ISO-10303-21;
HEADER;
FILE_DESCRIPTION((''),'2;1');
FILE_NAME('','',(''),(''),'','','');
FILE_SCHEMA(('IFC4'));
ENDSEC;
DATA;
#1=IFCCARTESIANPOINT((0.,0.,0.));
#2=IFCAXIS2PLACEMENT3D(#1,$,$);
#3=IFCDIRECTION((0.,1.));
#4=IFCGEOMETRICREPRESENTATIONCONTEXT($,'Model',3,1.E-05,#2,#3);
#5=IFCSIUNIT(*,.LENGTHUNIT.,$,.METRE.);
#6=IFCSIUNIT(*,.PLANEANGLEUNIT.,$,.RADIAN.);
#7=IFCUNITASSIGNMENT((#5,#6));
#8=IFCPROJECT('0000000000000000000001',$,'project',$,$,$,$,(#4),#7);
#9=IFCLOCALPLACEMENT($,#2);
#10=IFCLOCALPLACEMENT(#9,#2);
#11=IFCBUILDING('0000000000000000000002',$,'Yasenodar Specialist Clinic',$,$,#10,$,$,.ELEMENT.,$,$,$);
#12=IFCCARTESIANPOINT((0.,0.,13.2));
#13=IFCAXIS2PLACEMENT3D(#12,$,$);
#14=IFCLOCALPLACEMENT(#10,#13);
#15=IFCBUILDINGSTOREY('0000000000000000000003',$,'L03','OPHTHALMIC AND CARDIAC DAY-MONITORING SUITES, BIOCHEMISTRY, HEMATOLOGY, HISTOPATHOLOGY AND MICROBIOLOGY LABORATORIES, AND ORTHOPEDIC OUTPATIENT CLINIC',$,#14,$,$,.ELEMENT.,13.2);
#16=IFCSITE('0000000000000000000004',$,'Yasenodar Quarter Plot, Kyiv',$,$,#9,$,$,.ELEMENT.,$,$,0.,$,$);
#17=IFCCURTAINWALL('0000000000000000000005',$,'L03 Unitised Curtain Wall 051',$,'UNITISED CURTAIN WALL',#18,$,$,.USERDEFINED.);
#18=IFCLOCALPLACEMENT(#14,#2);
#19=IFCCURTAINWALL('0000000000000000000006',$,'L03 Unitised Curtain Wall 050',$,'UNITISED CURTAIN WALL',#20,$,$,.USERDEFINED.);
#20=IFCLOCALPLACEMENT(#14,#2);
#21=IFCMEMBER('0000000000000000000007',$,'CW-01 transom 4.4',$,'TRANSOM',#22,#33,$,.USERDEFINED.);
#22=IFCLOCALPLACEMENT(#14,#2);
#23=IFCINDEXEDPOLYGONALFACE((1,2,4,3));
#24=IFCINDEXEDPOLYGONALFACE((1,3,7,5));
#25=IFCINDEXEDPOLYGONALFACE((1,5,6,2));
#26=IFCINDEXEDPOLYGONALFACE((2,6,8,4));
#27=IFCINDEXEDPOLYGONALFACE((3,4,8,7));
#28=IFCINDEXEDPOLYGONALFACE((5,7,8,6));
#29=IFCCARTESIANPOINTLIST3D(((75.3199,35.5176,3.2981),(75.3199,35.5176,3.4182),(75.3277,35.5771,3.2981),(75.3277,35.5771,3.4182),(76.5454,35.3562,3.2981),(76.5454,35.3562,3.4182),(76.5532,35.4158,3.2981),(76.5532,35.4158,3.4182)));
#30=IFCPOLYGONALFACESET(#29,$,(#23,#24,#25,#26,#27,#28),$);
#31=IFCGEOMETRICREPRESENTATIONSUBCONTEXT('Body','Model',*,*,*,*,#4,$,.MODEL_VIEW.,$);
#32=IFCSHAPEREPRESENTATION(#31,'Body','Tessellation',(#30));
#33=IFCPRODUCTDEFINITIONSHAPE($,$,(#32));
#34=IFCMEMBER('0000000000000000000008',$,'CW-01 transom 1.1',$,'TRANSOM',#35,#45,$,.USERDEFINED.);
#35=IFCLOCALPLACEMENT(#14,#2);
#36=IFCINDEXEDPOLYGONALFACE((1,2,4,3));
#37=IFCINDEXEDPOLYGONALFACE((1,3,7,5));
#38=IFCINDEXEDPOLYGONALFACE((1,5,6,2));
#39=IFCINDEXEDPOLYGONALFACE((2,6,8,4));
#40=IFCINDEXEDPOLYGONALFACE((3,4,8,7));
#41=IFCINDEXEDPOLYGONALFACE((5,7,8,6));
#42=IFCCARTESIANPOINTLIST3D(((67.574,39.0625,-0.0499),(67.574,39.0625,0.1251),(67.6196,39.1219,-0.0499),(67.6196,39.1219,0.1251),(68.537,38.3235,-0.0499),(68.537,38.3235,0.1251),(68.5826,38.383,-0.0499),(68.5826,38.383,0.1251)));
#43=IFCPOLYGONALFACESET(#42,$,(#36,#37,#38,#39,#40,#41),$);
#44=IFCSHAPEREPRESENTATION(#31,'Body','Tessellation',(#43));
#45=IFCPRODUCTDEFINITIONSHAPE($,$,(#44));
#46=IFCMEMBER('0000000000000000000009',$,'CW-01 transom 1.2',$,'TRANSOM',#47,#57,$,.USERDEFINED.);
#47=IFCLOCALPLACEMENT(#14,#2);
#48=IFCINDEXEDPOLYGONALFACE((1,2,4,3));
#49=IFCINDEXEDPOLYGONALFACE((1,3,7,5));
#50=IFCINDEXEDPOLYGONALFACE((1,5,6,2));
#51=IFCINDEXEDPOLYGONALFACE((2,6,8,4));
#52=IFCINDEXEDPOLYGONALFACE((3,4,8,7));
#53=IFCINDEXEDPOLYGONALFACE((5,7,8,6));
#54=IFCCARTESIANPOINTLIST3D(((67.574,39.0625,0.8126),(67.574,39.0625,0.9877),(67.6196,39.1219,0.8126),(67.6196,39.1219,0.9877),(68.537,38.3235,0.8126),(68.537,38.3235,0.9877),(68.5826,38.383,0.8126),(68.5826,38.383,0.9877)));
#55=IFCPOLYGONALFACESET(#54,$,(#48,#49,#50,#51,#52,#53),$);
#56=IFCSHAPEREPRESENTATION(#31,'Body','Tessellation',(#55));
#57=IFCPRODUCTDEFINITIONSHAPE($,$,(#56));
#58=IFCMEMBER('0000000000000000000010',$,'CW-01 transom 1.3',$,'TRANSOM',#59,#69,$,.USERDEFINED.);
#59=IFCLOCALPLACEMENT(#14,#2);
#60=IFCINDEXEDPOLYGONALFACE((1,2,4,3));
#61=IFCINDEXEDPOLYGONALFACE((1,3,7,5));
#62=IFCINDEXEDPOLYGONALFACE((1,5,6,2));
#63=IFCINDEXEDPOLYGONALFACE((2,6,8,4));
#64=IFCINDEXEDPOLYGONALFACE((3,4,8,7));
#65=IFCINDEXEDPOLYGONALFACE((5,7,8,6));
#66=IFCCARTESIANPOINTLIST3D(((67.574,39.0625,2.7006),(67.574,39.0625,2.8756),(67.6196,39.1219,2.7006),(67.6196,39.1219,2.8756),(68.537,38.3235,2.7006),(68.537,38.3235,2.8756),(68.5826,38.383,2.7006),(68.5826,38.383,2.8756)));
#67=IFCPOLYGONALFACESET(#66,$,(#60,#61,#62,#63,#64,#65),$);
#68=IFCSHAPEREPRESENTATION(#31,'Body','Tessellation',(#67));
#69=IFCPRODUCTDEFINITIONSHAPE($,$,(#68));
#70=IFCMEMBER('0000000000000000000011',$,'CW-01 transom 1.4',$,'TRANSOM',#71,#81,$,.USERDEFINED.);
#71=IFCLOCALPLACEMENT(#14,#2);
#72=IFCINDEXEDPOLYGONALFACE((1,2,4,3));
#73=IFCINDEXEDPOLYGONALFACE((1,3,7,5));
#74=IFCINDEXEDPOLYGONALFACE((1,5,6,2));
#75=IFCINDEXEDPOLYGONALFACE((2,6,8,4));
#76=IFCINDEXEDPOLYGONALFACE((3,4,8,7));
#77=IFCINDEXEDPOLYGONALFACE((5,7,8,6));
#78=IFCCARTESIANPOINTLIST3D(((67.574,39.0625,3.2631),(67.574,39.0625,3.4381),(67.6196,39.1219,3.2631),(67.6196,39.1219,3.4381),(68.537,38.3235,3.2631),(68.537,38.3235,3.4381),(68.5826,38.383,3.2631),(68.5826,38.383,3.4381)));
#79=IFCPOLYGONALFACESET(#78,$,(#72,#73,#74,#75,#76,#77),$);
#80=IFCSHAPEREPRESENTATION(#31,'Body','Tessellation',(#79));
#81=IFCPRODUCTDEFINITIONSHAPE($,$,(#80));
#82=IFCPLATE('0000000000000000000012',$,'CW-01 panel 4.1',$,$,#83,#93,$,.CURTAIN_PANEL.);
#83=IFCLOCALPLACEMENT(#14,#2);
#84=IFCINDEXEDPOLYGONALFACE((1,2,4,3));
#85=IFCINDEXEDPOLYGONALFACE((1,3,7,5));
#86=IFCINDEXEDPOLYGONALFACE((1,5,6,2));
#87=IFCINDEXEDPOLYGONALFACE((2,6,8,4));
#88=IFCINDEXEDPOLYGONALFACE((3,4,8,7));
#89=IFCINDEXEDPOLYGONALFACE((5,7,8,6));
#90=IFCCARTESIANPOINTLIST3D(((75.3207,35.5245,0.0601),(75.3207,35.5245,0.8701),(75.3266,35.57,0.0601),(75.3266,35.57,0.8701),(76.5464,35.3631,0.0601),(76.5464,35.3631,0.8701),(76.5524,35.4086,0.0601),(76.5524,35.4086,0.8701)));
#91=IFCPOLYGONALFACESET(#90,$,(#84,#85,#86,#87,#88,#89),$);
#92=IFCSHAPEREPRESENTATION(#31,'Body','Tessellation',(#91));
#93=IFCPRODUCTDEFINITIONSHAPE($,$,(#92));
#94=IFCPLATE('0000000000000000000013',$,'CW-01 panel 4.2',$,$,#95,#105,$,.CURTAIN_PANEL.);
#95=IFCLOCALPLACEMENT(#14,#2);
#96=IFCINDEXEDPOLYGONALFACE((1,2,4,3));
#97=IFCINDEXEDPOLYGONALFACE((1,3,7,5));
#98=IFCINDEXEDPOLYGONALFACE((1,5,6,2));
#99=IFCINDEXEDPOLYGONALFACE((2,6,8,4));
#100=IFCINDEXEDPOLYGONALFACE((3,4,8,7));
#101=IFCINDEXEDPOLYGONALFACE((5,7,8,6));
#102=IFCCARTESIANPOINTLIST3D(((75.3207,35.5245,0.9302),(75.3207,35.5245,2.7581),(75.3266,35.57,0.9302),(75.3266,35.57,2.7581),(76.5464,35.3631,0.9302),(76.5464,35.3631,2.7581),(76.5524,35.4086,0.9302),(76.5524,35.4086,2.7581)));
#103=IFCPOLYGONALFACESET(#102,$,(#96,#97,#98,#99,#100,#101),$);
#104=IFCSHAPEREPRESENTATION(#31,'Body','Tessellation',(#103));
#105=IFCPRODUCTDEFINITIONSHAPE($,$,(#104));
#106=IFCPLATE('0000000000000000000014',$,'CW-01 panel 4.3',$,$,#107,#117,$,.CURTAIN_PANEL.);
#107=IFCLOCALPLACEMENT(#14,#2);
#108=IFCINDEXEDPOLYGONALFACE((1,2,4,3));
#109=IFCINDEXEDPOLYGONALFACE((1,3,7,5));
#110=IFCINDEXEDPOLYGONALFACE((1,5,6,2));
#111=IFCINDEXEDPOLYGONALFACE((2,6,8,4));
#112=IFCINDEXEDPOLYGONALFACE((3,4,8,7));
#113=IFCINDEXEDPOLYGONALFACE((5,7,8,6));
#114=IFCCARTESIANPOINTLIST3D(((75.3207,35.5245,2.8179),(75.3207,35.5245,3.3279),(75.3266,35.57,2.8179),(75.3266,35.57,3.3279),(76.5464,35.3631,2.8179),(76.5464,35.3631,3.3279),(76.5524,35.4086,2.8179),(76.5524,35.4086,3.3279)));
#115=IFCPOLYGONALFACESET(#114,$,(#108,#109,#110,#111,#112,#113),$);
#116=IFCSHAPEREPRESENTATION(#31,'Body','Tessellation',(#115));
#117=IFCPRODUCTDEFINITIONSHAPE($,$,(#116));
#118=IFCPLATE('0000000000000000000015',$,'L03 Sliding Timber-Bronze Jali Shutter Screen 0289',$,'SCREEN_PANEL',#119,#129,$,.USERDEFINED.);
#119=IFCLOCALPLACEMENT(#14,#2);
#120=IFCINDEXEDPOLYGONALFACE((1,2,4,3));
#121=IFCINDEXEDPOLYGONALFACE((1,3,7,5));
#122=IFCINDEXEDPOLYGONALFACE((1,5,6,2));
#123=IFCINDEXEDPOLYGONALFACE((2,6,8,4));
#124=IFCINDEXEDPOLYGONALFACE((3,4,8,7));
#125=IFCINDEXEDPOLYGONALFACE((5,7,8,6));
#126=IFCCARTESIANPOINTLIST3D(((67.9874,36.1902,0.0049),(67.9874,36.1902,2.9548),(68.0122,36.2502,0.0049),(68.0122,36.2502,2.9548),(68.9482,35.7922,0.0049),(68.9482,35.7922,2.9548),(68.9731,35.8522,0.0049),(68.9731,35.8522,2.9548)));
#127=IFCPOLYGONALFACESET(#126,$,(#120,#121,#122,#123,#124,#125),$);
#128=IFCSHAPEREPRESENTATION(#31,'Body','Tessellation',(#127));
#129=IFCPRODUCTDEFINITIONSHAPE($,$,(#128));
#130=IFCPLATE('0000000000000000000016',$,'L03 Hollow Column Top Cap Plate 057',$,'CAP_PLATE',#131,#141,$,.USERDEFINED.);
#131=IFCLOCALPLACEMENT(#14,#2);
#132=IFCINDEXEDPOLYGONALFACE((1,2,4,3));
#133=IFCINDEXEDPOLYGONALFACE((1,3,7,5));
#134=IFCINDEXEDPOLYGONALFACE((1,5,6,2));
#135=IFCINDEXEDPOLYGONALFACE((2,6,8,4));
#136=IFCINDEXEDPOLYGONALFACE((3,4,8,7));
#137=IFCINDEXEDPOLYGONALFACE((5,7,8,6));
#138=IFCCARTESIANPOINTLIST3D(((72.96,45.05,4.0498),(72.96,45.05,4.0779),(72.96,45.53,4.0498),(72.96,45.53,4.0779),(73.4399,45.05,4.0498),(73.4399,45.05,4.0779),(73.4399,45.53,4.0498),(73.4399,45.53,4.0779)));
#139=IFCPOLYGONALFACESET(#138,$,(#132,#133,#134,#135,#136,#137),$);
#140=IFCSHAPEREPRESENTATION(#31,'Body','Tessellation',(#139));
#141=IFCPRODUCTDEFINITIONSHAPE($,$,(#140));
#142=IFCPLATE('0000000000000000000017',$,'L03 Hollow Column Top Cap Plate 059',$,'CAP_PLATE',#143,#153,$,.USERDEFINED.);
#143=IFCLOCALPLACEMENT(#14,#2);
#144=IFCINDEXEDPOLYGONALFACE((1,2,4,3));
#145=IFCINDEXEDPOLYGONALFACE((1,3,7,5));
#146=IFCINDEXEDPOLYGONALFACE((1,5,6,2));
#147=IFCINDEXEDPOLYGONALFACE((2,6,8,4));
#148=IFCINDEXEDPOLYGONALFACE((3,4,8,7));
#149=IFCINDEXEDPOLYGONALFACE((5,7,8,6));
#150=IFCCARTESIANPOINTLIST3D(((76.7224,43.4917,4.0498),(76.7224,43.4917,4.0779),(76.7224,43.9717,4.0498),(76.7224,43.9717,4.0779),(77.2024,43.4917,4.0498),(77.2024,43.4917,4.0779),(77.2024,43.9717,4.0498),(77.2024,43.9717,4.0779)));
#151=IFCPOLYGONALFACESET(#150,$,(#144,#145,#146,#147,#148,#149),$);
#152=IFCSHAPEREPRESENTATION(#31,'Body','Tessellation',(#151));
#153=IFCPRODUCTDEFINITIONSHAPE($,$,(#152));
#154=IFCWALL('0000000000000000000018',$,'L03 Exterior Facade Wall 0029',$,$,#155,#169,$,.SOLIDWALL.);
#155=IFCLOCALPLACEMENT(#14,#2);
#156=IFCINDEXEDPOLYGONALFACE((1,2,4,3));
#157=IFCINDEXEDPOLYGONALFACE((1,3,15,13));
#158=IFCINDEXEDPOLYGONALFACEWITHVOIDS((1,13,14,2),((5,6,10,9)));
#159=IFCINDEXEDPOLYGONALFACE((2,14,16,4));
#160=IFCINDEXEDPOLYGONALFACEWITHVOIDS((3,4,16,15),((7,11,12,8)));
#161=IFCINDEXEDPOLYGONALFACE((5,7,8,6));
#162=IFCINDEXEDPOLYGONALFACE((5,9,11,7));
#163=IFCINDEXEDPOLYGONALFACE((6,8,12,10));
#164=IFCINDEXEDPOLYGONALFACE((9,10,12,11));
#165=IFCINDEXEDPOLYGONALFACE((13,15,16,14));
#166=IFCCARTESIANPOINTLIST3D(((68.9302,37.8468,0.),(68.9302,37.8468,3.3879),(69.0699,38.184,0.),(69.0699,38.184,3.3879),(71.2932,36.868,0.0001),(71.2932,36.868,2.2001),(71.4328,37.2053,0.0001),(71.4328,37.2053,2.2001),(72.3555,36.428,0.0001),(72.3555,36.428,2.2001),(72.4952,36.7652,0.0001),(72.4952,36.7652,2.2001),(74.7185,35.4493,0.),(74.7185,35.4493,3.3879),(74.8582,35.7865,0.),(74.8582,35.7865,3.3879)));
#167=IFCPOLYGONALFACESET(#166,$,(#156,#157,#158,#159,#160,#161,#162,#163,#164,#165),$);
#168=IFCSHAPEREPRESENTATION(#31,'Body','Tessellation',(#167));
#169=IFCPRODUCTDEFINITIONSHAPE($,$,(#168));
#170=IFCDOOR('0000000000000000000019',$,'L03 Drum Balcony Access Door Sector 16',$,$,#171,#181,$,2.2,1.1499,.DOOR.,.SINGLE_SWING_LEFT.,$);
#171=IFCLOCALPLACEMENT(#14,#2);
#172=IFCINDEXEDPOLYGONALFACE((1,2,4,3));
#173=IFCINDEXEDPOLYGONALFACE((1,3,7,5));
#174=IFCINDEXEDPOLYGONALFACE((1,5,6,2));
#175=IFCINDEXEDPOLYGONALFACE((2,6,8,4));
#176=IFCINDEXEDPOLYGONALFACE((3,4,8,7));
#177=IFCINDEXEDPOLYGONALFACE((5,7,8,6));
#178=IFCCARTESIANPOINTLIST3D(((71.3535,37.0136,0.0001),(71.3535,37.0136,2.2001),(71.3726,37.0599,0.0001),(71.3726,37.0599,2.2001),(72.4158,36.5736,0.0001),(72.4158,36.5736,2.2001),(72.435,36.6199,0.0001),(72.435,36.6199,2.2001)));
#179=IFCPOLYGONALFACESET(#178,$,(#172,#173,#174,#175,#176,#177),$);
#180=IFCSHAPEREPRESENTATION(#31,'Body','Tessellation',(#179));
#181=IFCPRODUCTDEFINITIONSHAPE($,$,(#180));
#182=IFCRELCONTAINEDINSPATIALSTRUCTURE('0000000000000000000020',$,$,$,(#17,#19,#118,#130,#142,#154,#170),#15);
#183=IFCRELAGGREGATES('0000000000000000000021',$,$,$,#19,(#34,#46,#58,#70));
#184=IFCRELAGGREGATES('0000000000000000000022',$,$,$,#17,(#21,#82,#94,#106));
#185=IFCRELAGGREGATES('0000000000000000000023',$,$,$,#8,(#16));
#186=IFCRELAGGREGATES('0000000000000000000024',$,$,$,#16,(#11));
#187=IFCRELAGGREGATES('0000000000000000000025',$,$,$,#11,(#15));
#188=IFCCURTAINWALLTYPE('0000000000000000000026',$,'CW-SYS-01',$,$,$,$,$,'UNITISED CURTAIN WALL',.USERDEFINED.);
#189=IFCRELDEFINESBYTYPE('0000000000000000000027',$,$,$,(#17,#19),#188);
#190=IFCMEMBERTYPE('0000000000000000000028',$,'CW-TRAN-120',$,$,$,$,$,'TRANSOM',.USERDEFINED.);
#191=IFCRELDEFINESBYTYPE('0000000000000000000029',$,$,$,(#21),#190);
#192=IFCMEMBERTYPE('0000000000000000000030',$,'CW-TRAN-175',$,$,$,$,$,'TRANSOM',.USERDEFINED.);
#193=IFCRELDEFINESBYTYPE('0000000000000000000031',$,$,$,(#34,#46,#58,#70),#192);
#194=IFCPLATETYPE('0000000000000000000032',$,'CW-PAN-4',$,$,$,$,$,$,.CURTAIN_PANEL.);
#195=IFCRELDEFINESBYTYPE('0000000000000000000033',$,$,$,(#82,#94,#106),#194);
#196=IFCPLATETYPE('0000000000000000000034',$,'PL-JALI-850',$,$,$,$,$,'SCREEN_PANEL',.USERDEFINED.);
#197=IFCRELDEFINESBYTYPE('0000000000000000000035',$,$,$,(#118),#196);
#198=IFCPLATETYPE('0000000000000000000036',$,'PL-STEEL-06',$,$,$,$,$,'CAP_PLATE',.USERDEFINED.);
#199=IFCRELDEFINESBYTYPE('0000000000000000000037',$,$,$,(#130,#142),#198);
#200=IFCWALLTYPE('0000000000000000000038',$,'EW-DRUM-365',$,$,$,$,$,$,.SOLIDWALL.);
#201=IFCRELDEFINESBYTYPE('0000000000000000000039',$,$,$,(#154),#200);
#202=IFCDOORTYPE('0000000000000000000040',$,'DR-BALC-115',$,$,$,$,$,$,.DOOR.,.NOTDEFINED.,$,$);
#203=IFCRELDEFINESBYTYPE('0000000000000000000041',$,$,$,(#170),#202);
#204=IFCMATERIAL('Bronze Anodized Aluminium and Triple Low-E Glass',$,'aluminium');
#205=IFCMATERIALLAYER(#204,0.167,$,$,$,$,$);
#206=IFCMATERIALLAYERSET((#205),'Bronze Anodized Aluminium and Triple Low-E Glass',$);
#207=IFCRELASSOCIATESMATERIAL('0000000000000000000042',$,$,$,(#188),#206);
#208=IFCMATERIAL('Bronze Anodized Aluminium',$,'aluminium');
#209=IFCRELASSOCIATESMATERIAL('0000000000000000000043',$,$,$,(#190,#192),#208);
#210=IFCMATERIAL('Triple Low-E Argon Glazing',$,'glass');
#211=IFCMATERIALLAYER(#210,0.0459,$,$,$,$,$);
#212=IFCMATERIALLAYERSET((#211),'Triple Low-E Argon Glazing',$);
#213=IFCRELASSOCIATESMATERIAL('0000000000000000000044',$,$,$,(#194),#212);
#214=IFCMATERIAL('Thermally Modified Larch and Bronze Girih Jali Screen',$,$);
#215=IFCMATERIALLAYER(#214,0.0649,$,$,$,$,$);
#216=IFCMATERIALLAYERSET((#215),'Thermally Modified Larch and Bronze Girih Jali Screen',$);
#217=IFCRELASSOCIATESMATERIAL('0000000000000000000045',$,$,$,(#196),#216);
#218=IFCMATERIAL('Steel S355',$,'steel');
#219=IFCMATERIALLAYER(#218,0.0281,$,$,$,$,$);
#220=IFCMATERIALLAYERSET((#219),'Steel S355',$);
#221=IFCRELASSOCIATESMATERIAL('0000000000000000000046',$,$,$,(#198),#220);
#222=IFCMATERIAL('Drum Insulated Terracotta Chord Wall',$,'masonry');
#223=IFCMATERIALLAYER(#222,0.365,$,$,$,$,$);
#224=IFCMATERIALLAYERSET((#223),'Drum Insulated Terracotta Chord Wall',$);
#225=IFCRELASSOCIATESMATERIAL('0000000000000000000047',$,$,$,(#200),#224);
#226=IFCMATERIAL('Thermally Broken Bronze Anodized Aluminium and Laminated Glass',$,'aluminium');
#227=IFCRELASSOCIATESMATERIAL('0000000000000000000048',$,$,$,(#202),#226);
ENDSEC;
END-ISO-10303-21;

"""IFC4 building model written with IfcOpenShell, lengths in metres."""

from ifc_helpers import new_model, si_unit, direction, frame, frame_2d, origin, origin_2d, place, context, subcontext, project, spatial, rectangle, extrude, material, layer, layer_set, material_profile, profile_set, type_object, element, fill, aggregate, save


model = new_model("IFC4")

# Units and contexts
model_context = context("Model", 3, precision=1e-05, world=origin(), true_north=direction((0.0, 1.0)))
body_context = subcontext(model_context, "Body", "Model", "MODEL_VIEW")
ifc_project = project(units=[si_unit("LENGTHUNIT", "METRE"), si_unit("PLANEANGLEUNIT", "RADIAN")], contexts=[model_context])

# Site, building, storey
site_placement = place(None, origin())
site = spatial("IfcSite", under=ifc_project, at=site_placement, Name="Yasenodar Quarter Plot, Kyiv", CompositionType="ELEMENT", RefElevation=0.0)
building_placement = place(site_placement, origin())
building = spatial("IfcBuilding", under=site, at=building_placement, Name="Yasenodar Specialist Clinic", CompositionType="ELEMENT")
storey_placement = place(building_placement, frame((0.0, 0.0, 13.2)))
storey = spatial("IfcBuildingStorey", under=building, at=storey_placement, Name="L03", Description="OPHTHALMIC AND CARDIAC DAY-MONITORING SUITES, BIOCHEMISTRY, HEMATOLOGY, HISTOPATHOLOGY AND MICROBIOLOGY LABORATORIES, AND ORTHOPEDIC OUTPATIENT CLINIC", CompositionType="ELEMENT", Elevation=13.2)

# Shared definitions
ifc_material_1 = material(Name="Steel S355", Category="steel")

# Curtain walls
ifc_material_2 = material(Name="Bronze Anodized Aluminium and Triple Low-E Glass", Category="aluminium")
ifc_layer_1 = layer(ifc_material_2, 0.167)
ifc_layer_set_1 = layer_set([ifc_layer_1], Name="Bronze Anodized Aluminium and Triple Low-E Glass")
curtain_wall_type = type_object("IfcCurtainWallType", Name="CW-SYS-01", ElementType="UNITISED CURTAIN WALL", PredefinedType="USERDEFINED", material=ifc_layer_set_1)
curtain_wall_1_placement = place(storey_placement, origin())
curtain_wall_1 = element("IfcCurtainWall", 1, at=curtain_wall_1_placement, inside=storey, type_object=curtain_wall_type, Name="L03 Unitised Curtain Wall 051", ObjectType="UNITISED CURTAIN WALL", PredefinedType="USERDEFINED")
ifc_material_3 = material(Name="Bronze Anodized Aluminium", Category="aluminium")
curtain_wall_2_placement = place(storey_placement, origin())
curtain_wall_2 = element("IfcCurtainWall", 2, at=curtain_wall_2_placement, inside=storey, type_object=curtain_wall_type, Name="L03 Unitised Curtain Wall 050", ObjectType="UNITISED CURTAIN WALL", PredefinedType="USERDEFINED")

# Members
ifc_material_profile_1 = material_profile(ifc_material_3, rectangle(XDim=0.0601, YDim=0.1201, at=origin_2d()), Name="CW-TRAN 60x120")
ifc_profile_set_1 = profile_set([ifc_material_profile_1], Name="Bronze Anodized Aluminium")
member_type_1 = type_object("IfcMemberType", Name="CW-TRAN-120", ElementType="TRANSOM", PredefinedType="USERDEFINED", material=ifc_profile_set_1)
member_1_placement = place(storey_placement, frame((76.5493, 35.386, 3.3582), z_axis=(-0.991442, 0.130546, 0.0), x_axis=(-0.130546, -0.991442, 0.0)))
member_1 = element("IfcMember", 3, at=member_1_placement, type_object=member_type_1, Name="CW-01 transom 4.4", ObjectType="TRANSOM", PredefinedType="USERDEFINED", context=body_context, shape_type="SweptSolid", body=[
    extrude(rectangle(XDim=0.0601, YDim=0.1201, at=origin_2d()), origin(), (0.0, 0.0, 1.0), 1.2361),
])
ifc_material_profile_2 = material_profile(ifc_material_3, rectangle(XDim=0.075, YDim=0.175, at=origin_2d()), Name="CW-TRAN 75x175")
ifc_profile_set_2 = profile_set([ifc_material_profile_2], Name="Bronze Anodized Aluminium")
member_type_2 = type_object("IfcMemberType", Name="CW-TRAN-175", ElementType="TRANSOM", PredefinedType="USERDEFINED", material=ifc_profile_set_2)
member_2_placement = place(storey_placement, frame((68.5598, 38.3533, 0.0376), z_axis=(-0.793364, 0.608748, 0.0), x_axis=(-0.608748, -0.793364, 0.0)))
member_2 = element("IfcMember", 4, at=member_2_placement, type_object=member_type_2, Name="CW-01 transom 1.1", ObjectType="TRANSOM", PredefinedType="USERDEFINED", context=body_context, shape_type="SweptSolid", body=[
    extrude(rectangle(XDim=0.075, YDim=0.175, at=origin_2d()), origin(), (0.0, 0.0, 1.0), 1.2139),
])
member_3_placement = place(storey_placement, frame((68.5598, 38.3533, 0.9001), z_axis=(-0.793364, 0.608748, 0.0), x_axis=(-0.608748, -0.793364, 0.0)))
member_3 = element("IfcMember", 5, at=member_3_placement, type_object=member_type_2, Name="CW-01 transom 1.2", ObjectType="TRANSOM", PredefinedType="USERDEFINED", context=body_context, shape_type="SweptSolid", body=[
    extrude(rectangle(XDim=0.075, YDim=0.175, at=origin_2d()), origin(), (0.0, 0.0, 1.0), 1.2139),
])
member_4_placement = place(storey_placement, frame((68.5598, 38.3533, 2.7881), z_axis=(-0.793364, 0.608748, 0.0), x_axis=(-0.608748, -0.793364, 0.0)))
member_4 = element("IfcMember", 6, at=member_4_placement, type_object=member_type_2, Name="CW-01 transom 1.3", ObjectType="TRANSOM", PredefinedType="USERDEFINED", context=body_context, shape_type="SweptSolid", body=[
    extrude(rectangle(XDim=0.075, YDim=0.175, at=origin_2d()), origin(), (0.0, 0.0, 1.0), 1.2139),
])
member_5_placement = place(storey_placement, frame((68.5598, 38.3533, 3.3506), z_axis=(-0.793364, 0.608748, 0.0), x_axis=(-0.608748, -0.793364, 0.0)))
member_5 = element("IfcMember", 7, at=member_5_placement, type_object=member_type_2, Name="CW-01 transom 1.4", ObjectType="TRANSOM", PredefinedType="USERDEFINED", context=body_context, shape_type="SweptSolid", body=[
    extrude(rectangle(XDim=0.075, YDim=0.175, at=origin_2d()), origin(), (0.0, 0.0, 1.0), 1.2139),
])
aggregate(curtain_wall_2, [member_2, member_3, member_4, member_5])

# Plates
ifc_material_4 = material(Name="Triple Low-E Argon Glazing", Category="glass")
ifc_layer_2 = layer(ifc_material_4, 0.0459)
ifc_layer_set_2 = layer_set([ifc_layer_2], Name="Triple Low-E Argon Glazing")
plate_type_1 = type_object("IfcPlateType", Name="CW-PAN-4", PredefinedType="CURTAIN_PANEL", material=ifc_layer_set_2)
plate_1_placement = place(storey_placement, frame((75.9365, 35.4666, 0.0601), z_axis=(0.0, 0.0, 1.0), x_axis=(-0.991447, 0.130512, 0.0)))
plate_1 = element("IfcPlate", 8, at=plate_1_placement, type_object=plate_type_1, Name="CW-01 panel 4.1", PredefinedType="CURTAIN_PANEL", context=body_context, shape_type="SweptSolid", body=[
    extrude(rectangle(XDim=1.2363, YDim=0.0459, at=origin_2d()), origin(), (0.0, 0.0, 1.0), 0.8101),
])
plate_2_placement = place(storey_placement, frame((75.9365, 35.4666, 0.9302), z_axis=(0.0, 0.0, 1.0), x_axis=(-0.991447, 0.130512, 0.0)))
plate_2 = element("IfcPlate", 9, at=plate_2_placement, type_object=plate_type_1, Name="CW-01 panel 4.2", PredefinedType="CURTAIN_PANEL", context=body_context, shape_type="SweptSolid", body=[
    extrude(rectangle(XDim=1.2363, YDim=0.0459, at=origin_2d()), origin(), (0.0, 0.0, 1.0), 1.8279),
])
plate_3_placement = place(storey_placement, frame((75.9365, 35.4666, 2.8179), z_axis=(0.0, 0.0, 1.0), x_axis=(-0.991447, 0.130512, 0.0)))
plate_3 = element("IfcPlate", 10, at=plate_3_placement, type_object=plate_type_1, Name="CW-01 panel 4.3", PredefinedType="CURTAIN_PANEL", context=body_context, shape_type="SweptSolid", body=[
    extrude(rectangle(XDim=1.2363, YDim=0.0459, at=origin_2d()), origin(), (0.0, 0.0, 1.0), 0.51),
])
aggregate(curtain_wall_1, [member_1, plate_1, plate_2, plate_3])

# Plates
ifc_material_5 = material(Name="Thermally Modified Larch and Bronze Girih Jali Screen")
ifc_layer_3 = layer(ifc_material_5, 0.0649)
ifc_layer_set_3 = layer_set([ifc_layer_3], Name="Thermally Modified Larch and Bronze Girih Jali Screen")
plate_type_2 = type_object("IfcPlateType", Name="PL-JALI-850", ElementType="SCREEN_PANEL", PredefinedType="USERDEFINED", material=ifc_layer_set_3)
plate_4_placement = place(storey_placement, frame((68.4802, 36.0212, 0.0049), z_axis=(0.0, 0.0, 1.0), x_axis=(0.923878, -0.382687, 0.0)))
element("IfcPlate", 11, at=plate_4_placement, inside=storey, type_object=plate_type_2, Name="L03 Sliding Timber-Bronze Jali Shutter Screen 0289", ObjectType="SCREEN_PANEL", PredefinedType="USERDEFINED", context=body_context, shape_type="SweptSolid", body=[
    extrude(rectangle(XDim=1.04, YDim=0.0649, at=origin_2d()), origin(), (0.0, 0.0, 1.0), 2.95),
])
ifc_layer_4 = layer(ifc_material_1, 0.0281)
ifc_layer_set_4 = layer_set([ifc_layer_4], Name="Steel S355")
plate_type_3 = type_object("IfcPlateType", Name="PL-STEEL-06", ElementType="CAP_PLATE", PredefinedType="USERDEFINED", material=ifc_layer_set_4)
for number, where, z_axis, x_axis, name in (
    (12, (73.2, 45.29, 4.0498), (0.0, 0.0, 1.0), (1.0, 0.0, 0.0), "L03 Hollow Column Top Cap Plate 057"),
    (13, (76.9624, 43.7317, 4.0498), (0.0, 0.0, 1.0), (1.0, 0.0, 0.0), "L03 Hollow Column Top Cap Plate 059"),
):
    element("IfcPlate", number, at=place(storey_placement, frame(where, z_axis=z_axis, x_axis=x_axis)), inside=storey, type_object=plate_type_3, Name=name, ObjectType="CAP_PLATE", PredefinedType="USERDEFINED", context=body_context, shape_type="SweptSolid", body=[
        extrude(rectangle(XDim=0.48, YDim=0.48, at=origin_2d()), origin(), (0.0, 0.0, 1.0), 0.0281),
    ])

# Wall, opening, door
ifc_material_6 = material(Name="Drum Insulated Terracotta Chord Wall", Category="masonry")
ifc_layer_5 = layer(ifc_material_6, 0.365)
ifc_layer_set_5 = layer_set([ifc_layer_5], Name="Drum Insulated Terracotta Chord Wall")
wall_type_1 = type_object("IfcWallType", Name="EW-DRUM-365", PredefinedType="SOLIDWALL", material=ifc_layer_set_5)
wall_1_placement = place(storey_placement, frame((74.7883, 35.6179, 0.0), z_axis=(0.0, 0.0, 1.0), x_axis=(-0.923888, 0.382664, 0.0)))
wall_1 = element("IfcWall", 14, at=wall_1_placement, inside=storey, type_object=wall_type_1, Name="L03 Exterior Facade Wall 0029", PredefinedType="SOLIDWALL", context=body_context, shape_type="SweptSolid", body=[
    extrude(rectangle(XDim=6.2651, YDim=0.365, at=frame_2d((3.1326, 0.0))), origin(), (0.0, 0.0, 1.0), 3.3879),
])
opening_1_placement = place(wall_1_placement, frame((2.5576, 0.0, 0.0)))
opening_1 = element("IfcOpeningElement", 15, at=opening_1_placement, cuts=wall_1, PredefinedType="OPENING", context=body_context, shape_type="SweptSolid", body=[
    extrude(rectangle(XDim=1.1499, YDim=2.2, at=frame_2d((0.575, 1.1001))), frame((0.0, 0.1924, 0.0), z_axis=(0.0, -1.0, 0.0), x_axis=(1.0, 0.0, 0.0)), (0.0, 0.0, 1.0), 0.385),
])
ifc_material_7 = material(Name="Thermally Broken Bronze Anodized Aluminium and Laminated Glass", Category="aluminium")
door_type_1 = type_object("IfcDoorType", Name="DR-BALC-115", OperationType="NOTDEFINED", PredefinedType="DOOR", material=ifc_material_7)
door_1_placement = place(opening_1_placement, origin())
door_1 = element("IfcDoor", 16, at=door_1_placement, inside=storey, type_object=door_type_1, Name="L03 Drum Balcony Access Door Sector 16", OperationType="SINGLE_SWING_LEFT", OverallHeight=2.2, OverallWidth=1.1499, PredefinedType="DOOR", context=body_context, shape_type="SweptSolid", body=[
    extrude(rectangle(XDim=1.1499, YDim=2.2, at=frame_2d((0.575, 1.1001))), frame((0.0, 0.0249, 0.0), z_axis=(0.0, -1.0, 0.0), x_axis=(1.0, 0.0, 0.0)), (0.0, 0.0, 1.0), 0.05),
])
fill(opening_1, door_1)

save(model, "model.ifc")
